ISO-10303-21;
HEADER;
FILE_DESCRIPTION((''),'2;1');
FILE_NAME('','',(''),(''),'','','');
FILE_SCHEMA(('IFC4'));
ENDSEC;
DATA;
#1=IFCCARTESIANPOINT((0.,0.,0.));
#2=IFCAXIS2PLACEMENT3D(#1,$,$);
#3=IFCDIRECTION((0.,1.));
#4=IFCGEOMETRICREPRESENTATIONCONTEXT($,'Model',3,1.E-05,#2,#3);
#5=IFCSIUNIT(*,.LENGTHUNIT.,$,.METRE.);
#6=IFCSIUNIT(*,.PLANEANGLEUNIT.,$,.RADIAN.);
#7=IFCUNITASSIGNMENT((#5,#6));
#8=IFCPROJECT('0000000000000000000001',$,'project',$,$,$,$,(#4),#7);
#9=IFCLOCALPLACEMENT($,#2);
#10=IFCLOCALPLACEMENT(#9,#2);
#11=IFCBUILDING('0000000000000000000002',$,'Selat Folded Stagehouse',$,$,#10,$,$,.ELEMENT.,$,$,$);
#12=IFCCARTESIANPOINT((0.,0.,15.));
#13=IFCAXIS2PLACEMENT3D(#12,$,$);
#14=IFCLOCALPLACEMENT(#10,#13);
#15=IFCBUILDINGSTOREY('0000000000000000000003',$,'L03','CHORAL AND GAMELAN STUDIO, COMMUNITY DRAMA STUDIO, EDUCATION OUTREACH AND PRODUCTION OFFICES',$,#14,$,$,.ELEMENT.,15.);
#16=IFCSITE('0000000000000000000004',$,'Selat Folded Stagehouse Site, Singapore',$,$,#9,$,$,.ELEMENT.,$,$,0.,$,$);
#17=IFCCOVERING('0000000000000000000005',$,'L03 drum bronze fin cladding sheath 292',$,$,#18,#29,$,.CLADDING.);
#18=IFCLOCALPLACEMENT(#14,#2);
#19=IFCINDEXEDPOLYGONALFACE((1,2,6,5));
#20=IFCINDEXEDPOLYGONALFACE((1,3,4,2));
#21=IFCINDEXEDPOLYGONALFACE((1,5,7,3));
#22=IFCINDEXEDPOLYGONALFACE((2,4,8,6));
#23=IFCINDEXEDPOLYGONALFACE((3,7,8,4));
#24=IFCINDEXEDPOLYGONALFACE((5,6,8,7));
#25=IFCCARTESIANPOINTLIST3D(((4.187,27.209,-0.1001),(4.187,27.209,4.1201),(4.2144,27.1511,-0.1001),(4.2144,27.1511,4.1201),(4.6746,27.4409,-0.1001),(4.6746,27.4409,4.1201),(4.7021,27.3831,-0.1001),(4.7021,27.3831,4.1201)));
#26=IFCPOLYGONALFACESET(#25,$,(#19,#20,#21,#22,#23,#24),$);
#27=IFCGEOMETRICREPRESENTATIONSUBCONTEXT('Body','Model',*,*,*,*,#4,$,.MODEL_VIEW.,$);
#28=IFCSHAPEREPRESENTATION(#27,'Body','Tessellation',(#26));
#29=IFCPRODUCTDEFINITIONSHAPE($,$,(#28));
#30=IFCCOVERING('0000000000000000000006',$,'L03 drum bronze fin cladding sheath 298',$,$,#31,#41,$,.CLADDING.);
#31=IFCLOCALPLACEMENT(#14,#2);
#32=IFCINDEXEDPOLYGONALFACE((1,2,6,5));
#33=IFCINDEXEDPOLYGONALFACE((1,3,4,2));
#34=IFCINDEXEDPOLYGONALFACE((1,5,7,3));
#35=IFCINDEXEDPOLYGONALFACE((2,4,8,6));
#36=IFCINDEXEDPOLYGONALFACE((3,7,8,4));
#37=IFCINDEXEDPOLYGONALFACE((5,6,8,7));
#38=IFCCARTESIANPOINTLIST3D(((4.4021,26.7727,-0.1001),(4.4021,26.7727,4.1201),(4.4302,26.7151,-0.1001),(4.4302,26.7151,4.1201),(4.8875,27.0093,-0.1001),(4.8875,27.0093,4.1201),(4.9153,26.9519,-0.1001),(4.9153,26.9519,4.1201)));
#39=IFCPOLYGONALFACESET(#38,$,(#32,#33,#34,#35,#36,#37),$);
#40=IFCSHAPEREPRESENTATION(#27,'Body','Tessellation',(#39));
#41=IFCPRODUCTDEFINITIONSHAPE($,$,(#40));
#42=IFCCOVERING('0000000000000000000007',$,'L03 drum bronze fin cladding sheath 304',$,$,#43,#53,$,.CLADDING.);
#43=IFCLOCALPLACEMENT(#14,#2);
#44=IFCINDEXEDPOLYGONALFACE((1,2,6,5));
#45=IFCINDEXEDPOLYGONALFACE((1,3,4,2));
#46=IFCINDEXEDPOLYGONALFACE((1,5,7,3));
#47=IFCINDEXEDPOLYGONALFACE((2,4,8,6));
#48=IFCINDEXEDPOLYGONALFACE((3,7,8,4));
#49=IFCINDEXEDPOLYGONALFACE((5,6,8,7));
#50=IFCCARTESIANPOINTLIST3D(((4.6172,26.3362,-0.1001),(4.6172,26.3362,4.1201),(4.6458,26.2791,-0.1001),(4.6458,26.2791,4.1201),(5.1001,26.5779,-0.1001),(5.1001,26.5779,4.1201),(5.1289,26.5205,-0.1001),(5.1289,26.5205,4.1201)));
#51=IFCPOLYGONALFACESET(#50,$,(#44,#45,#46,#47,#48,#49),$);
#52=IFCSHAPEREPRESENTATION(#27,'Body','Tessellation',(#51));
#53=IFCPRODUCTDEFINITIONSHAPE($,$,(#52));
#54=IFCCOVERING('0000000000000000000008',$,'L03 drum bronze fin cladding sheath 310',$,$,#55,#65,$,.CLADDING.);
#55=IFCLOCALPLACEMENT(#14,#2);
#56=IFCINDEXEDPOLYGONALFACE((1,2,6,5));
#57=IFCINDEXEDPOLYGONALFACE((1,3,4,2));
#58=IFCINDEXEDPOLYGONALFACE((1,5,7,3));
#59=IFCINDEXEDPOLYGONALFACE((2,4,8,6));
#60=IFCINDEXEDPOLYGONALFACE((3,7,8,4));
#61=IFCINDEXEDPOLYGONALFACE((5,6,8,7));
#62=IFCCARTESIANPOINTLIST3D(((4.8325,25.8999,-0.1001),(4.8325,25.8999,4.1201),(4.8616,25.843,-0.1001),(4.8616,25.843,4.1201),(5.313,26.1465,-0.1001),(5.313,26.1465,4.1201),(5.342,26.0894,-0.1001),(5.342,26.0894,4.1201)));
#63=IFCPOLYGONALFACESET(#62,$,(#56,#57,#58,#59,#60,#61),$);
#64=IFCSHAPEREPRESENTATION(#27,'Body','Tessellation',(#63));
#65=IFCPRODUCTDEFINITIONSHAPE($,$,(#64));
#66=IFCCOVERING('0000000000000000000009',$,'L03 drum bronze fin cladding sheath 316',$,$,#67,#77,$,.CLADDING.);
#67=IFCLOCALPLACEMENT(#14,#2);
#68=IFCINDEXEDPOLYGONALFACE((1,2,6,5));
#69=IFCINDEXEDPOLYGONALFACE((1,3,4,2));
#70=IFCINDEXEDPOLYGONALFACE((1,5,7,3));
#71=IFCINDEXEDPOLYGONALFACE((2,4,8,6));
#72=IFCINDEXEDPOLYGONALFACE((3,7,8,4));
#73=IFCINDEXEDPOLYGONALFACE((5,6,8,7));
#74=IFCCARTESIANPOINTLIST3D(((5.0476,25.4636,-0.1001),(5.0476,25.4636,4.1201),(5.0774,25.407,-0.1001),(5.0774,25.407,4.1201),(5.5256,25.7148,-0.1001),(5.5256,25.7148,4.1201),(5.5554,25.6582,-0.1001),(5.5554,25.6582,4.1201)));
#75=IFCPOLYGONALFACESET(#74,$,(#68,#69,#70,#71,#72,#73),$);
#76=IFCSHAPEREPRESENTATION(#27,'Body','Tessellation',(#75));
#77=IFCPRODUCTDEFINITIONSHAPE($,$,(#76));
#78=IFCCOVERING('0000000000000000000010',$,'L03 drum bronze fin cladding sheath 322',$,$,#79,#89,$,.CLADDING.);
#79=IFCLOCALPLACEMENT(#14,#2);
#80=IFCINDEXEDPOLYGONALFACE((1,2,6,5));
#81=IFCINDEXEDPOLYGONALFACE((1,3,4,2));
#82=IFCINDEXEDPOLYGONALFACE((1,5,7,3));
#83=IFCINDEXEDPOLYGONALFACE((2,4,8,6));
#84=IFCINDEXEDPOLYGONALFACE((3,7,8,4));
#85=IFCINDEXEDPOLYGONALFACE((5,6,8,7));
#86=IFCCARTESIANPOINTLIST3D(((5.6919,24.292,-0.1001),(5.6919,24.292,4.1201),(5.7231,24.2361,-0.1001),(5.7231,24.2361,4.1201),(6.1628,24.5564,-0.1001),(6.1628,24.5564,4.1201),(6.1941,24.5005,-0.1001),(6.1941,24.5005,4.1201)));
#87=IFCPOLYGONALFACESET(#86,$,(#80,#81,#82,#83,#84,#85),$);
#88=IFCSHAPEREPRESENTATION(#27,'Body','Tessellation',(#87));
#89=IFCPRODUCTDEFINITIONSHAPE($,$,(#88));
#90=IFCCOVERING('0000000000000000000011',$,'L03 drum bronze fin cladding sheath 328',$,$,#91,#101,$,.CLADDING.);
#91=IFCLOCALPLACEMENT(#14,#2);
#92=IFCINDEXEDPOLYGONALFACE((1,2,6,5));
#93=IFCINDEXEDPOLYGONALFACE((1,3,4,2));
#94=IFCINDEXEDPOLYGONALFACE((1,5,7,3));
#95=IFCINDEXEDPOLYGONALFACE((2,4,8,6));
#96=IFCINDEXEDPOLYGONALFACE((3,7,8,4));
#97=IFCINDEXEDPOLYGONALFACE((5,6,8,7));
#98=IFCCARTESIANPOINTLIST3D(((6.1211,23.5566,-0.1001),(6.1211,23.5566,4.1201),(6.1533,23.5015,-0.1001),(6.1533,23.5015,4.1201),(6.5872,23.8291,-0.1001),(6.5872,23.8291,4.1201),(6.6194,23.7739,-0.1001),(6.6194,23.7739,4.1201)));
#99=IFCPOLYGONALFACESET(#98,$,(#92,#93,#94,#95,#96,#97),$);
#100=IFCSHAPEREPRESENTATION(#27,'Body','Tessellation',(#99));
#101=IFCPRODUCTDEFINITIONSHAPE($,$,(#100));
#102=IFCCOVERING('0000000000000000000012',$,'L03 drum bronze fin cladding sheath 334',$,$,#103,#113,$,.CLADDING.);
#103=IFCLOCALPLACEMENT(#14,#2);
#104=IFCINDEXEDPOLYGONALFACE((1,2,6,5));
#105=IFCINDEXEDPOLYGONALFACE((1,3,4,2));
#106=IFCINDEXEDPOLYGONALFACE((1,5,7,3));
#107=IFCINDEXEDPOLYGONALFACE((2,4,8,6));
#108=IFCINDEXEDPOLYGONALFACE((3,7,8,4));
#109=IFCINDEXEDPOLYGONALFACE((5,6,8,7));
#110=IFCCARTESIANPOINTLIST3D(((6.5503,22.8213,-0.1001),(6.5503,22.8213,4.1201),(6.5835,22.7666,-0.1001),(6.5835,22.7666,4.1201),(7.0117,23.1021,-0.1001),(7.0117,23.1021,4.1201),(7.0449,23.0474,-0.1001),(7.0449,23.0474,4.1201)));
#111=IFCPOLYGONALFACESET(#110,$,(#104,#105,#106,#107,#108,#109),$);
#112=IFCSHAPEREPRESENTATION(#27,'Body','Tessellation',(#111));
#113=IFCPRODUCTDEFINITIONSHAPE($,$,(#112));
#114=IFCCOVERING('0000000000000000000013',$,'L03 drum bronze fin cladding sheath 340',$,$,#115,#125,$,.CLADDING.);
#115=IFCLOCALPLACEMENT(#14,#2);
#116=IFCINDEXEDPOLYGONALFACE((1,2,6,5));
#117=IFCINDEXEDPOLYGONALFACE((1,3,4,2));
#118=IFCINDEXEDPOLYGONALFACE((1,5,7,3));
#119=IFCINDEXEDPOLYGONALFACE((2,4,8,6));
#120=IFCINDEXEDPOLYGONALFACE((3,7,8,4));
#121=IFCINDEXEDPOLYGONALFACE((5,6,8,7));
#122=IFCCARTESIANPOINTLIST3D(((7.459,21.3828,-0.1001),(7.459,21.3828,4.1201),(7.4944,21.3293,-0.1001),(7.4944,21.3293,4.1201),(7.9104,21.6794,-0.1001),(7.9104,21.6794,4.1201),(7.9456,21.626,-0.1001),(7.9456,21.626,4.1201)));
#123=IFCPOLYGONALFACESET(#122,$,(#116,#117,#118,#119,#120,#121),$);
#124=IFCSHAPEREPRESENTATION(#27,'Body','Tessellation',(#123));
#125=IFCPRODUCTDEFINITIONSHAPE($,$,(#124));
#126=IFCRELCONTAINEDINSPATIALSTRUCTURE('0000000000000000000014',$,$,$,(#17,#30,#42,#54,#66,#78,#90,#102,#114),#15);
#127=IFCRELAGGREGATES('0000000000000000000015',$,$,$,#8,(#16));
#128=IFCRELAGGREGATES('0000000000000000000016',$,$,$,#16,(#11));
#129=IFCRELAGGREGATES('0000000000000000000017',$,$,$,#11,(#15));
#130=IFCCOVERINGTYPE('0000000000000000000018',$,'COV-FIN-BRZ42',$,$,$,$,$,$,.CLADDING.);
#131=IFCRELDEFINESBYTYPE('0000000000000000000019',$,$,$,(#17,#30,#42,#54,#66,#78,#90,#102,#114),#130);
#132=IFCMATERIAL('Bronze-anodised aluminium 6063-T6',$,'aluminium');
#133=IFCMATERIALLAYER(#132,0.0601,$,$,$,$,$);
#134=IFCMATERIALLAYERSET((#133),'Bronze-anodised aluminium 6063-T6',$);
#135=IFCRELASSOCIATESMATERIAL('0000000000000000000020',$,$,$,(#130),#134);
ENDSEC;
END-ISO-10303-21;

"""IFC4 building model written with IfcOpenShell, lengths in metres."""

from ifc_helpers import new_model, si_unit, direction, frame, origin, place, context, subcontext, project, spatial, polyline, outline, extrude, material, layer, layer_set, type_object, element, save


model = new_model("IFC4")

# Units and contexts
model_context = context("Model", 3, precision=1e-05, world=origin(), true_north=direction((0.0, 1.0)))
body_context = subcontext(model_context, "Body", "Model", "MODEL_VIEW")
ifc_project = project(units=[si_unit("LENGTHUNIT", "METRE"), si_unit("PLANEANGLEUNIT", "RADIAN")], contexts=[model_context])

# Site, building, storey
site_placement = place(None, origin())
site = spatial("IfcSite", under=ifc_project, at=site_placement, Name="Selat Folded Stagehouse Site, Singapore", CompositionType="ELEMENT", RefElevation=0.0)
building_placement = place(site_placement, origin())
building = spatial("IfcBuilding", under=site, at=building_placement, Name="Selat Folded Stagehouse", CompositionType="ELEMENT")
storey_placement = place(building_placement, frame((0.0, 0.0, 15.0)))
storey = spatial("IfcBuildingStorey", under=building, at=storey_placement, Name="L03", Description="CHORAL AND GAMELAN STUDIO, COMMUNITY DRAMA STUDIO, EDUCATION OUTREACH AND PRODUCTION OFFICES", CompositionType="ELEMENT", Elevation=15.0)

# Coverings
ifc_material_1 = material(Name="Bronze-anodised aluminium 6063-T6", Category="aluminium")
ifc_layer_1 = layer(ifc_material_1, 0.0601)
ifc_layer_set_1 = layer_set([ifc_layer_1], Name="Bronze-anodised aluminium 6063-T6")
covering_type = type_object("IfcCoveringType", Name="COV-FIN-BRZ42", PredefinedType="CLADDING", material=ifc_layer_set_1)
covering_1_placement = place(storey_placement, frame((0.0, 0.0, -0.1001)))
element("IfcCovering", 1, at=covering_1_placement, inside=storey, type_object=covering_type, Name="L03 drum bronze fin cladding sheath 292", PredefinedType="CLADDING", context=body_context, shape_type="SweptSolid", body=[
    extrude(outline(polyline([(4.6746, 27.4409), (4.187, 27.209), (4.2144, 27.1511), (4.7021, 27.3831), (4.6746, 27.4409)])), origin(), (0.0, 0.0, 1.0), 4.2202),
])
covering_2_placement = place(storey_placement, frame((0.0, 0.0, -0.1001)))
element("IfcCovering", 2, at=covering_2_placement, inside=storey, type_object=covering_type, Name="L03 drum bronze fin cladding sheath 298", PredefinedType="CLADDING", context=body_context, shape_type="SweptSolid", body=[
    extrude(outline(polyline([(4.8875, 27.0093), (4.4021, 26.7727), (4.4302, 26.7151), (4.9153, 26.9519), (4.8875, 27.0093)])), origin(), (0.0, 0.0, 1.0), 4.2202),
])
covering_3_placement = place(storey_placement, frame((0.0, 0.0, -0.1001)))
element("IfcCovering", 3, at=covering_3_placement, inside=storey, type_object=covering_type, Name="L03 drum bronze fin cladding sheath 304", PredefinedType="CLADDING", context=body_context, shape_type="SweptSolid", body=[
    extrude(outline(polyline([(5.1001, 26.5779), (4.6172, 26.3362), (4.6458, 26.2791), (5.1289, 26.5205), (5.1001, 26.5779)])), origin(), (0.0, 0.0, 1.0), 4.2202),
])
covering_4_placement = place(storey_placement, frame((0.0, 0.0, -0.1001)))
element("IfcCovering", 4, at=covering_4_placement, inside=storey, type_object=covering_type, Name="L03 drum bronze fin cladding sheath 310", PredefinedType="CLADDING", context=body_context, shape_type="SweptSolid", body=[
    extrude(outline(polyline([(5.313, 26.1465), (4.8325, 25.8999), (4.8616, 25.843), (5.342, 26.0894), (5.313, 26.1465)])), origin(), (0.0, 0.0, 1.0), 4.2202),
])
covering_5_placement = place(storey_placement, frame((0.0, 0.0, -0.1001)))
element("IfcCovering", 5, at=covering_5_placement, inside=storey, type_object=covering_type, Name="L03 drum bronze fin cladding sheath 316", PredefinedType="CLADDING", context=body_context, shape_type="SweptSolid", body=[
    extrude(outline(polyline([(5.5256, 25.7148), (5.0476, 25.4636), (5.0774, 25.407), (5.5554, 25.6582), (5.5256, 25.7148)])), origin(), (0.0, 0.0, 1.0), 4.2202),
])
covering_6_placement = place(storey_placement, frame((0.0, 0.0, -0.1001)))
element("IfcCovering", 6, at=covering_6_placement, inside=storey, type_object=covering_type, Name="L03 drum bronze fin cladding sheath 322", PredefinedType="CLADDING", context=body_context, shape_type="SweptSolid", body=[
    extrude(outline(polyline([(6.1628, 24.5564), (5.6919, 24.292), (5.7231, 24.2361), (6.1941, 24.5005), (6.1628, 24.5564)])), origin(), (0.0, 0.0, 1.0), 4.2202),
])
covering_7_placement = place(storey_placement, frame((0.0, 0.0, -0.1001)))
element("IfcCovering", 7, at=covering_7_placement, inside=storey, type_object=covering_type, Name="L03 drum bronze fin cladding sheath 328", PredefinedType="CLADDING", context=body_context, shape_type="SweptSolid", body=[
    extrude(outline(polyline([(6.5872, 23.8291), (6.1211, 23.5566), (6.1533, 23.5015), (6.6194, 23.7739), (6.5872, 23.8291)])), origin(), (0.0, 0.0, 1.0), 4.2202),
])
covering_8_placement = place(storey_placement, frame((0.0, 0.0, -0.1001)))
element("IfcCovering", 8, at=covering_8_placement, inside=storey, type_object=covering_type, Name="L03 drum bronze fin cladding sheath 334", PredefinedType="CLADDING", context=body_context, shape_type="SweptSolid", body=[
    extrude(outline(polyline([(7.0117, 23.1021), (6.5503, 22.8213), (6.5835, 22.7666), (7.0449, 23.0474), (7.0117, 23.1021)])), origin(), (0.0, 0.0, 1.0), 4.2202),
])
covering_9_placement = place(storey_placement, frame((0.0, 0.0, -0.1001)))
element("IfcCovering", 9, at=covering_9_placement, inside=storey, type_object=covering_type, Name="L03 drum bronze fin cladding sheath 340", PredefinedType="CLADDING", context=body_context, shape_type="SweptSolid", body=[
    extrude(outline(polyline([(7.9104, 21.6794), (7.459, 21.3828), (7.4944, 21.3293), (7.9456, 21.626), (7.9104, 21.6794)])), origin(), (0.0, 0.0, 1.0), 4.2202),
])

save(model, "model.ifc")
